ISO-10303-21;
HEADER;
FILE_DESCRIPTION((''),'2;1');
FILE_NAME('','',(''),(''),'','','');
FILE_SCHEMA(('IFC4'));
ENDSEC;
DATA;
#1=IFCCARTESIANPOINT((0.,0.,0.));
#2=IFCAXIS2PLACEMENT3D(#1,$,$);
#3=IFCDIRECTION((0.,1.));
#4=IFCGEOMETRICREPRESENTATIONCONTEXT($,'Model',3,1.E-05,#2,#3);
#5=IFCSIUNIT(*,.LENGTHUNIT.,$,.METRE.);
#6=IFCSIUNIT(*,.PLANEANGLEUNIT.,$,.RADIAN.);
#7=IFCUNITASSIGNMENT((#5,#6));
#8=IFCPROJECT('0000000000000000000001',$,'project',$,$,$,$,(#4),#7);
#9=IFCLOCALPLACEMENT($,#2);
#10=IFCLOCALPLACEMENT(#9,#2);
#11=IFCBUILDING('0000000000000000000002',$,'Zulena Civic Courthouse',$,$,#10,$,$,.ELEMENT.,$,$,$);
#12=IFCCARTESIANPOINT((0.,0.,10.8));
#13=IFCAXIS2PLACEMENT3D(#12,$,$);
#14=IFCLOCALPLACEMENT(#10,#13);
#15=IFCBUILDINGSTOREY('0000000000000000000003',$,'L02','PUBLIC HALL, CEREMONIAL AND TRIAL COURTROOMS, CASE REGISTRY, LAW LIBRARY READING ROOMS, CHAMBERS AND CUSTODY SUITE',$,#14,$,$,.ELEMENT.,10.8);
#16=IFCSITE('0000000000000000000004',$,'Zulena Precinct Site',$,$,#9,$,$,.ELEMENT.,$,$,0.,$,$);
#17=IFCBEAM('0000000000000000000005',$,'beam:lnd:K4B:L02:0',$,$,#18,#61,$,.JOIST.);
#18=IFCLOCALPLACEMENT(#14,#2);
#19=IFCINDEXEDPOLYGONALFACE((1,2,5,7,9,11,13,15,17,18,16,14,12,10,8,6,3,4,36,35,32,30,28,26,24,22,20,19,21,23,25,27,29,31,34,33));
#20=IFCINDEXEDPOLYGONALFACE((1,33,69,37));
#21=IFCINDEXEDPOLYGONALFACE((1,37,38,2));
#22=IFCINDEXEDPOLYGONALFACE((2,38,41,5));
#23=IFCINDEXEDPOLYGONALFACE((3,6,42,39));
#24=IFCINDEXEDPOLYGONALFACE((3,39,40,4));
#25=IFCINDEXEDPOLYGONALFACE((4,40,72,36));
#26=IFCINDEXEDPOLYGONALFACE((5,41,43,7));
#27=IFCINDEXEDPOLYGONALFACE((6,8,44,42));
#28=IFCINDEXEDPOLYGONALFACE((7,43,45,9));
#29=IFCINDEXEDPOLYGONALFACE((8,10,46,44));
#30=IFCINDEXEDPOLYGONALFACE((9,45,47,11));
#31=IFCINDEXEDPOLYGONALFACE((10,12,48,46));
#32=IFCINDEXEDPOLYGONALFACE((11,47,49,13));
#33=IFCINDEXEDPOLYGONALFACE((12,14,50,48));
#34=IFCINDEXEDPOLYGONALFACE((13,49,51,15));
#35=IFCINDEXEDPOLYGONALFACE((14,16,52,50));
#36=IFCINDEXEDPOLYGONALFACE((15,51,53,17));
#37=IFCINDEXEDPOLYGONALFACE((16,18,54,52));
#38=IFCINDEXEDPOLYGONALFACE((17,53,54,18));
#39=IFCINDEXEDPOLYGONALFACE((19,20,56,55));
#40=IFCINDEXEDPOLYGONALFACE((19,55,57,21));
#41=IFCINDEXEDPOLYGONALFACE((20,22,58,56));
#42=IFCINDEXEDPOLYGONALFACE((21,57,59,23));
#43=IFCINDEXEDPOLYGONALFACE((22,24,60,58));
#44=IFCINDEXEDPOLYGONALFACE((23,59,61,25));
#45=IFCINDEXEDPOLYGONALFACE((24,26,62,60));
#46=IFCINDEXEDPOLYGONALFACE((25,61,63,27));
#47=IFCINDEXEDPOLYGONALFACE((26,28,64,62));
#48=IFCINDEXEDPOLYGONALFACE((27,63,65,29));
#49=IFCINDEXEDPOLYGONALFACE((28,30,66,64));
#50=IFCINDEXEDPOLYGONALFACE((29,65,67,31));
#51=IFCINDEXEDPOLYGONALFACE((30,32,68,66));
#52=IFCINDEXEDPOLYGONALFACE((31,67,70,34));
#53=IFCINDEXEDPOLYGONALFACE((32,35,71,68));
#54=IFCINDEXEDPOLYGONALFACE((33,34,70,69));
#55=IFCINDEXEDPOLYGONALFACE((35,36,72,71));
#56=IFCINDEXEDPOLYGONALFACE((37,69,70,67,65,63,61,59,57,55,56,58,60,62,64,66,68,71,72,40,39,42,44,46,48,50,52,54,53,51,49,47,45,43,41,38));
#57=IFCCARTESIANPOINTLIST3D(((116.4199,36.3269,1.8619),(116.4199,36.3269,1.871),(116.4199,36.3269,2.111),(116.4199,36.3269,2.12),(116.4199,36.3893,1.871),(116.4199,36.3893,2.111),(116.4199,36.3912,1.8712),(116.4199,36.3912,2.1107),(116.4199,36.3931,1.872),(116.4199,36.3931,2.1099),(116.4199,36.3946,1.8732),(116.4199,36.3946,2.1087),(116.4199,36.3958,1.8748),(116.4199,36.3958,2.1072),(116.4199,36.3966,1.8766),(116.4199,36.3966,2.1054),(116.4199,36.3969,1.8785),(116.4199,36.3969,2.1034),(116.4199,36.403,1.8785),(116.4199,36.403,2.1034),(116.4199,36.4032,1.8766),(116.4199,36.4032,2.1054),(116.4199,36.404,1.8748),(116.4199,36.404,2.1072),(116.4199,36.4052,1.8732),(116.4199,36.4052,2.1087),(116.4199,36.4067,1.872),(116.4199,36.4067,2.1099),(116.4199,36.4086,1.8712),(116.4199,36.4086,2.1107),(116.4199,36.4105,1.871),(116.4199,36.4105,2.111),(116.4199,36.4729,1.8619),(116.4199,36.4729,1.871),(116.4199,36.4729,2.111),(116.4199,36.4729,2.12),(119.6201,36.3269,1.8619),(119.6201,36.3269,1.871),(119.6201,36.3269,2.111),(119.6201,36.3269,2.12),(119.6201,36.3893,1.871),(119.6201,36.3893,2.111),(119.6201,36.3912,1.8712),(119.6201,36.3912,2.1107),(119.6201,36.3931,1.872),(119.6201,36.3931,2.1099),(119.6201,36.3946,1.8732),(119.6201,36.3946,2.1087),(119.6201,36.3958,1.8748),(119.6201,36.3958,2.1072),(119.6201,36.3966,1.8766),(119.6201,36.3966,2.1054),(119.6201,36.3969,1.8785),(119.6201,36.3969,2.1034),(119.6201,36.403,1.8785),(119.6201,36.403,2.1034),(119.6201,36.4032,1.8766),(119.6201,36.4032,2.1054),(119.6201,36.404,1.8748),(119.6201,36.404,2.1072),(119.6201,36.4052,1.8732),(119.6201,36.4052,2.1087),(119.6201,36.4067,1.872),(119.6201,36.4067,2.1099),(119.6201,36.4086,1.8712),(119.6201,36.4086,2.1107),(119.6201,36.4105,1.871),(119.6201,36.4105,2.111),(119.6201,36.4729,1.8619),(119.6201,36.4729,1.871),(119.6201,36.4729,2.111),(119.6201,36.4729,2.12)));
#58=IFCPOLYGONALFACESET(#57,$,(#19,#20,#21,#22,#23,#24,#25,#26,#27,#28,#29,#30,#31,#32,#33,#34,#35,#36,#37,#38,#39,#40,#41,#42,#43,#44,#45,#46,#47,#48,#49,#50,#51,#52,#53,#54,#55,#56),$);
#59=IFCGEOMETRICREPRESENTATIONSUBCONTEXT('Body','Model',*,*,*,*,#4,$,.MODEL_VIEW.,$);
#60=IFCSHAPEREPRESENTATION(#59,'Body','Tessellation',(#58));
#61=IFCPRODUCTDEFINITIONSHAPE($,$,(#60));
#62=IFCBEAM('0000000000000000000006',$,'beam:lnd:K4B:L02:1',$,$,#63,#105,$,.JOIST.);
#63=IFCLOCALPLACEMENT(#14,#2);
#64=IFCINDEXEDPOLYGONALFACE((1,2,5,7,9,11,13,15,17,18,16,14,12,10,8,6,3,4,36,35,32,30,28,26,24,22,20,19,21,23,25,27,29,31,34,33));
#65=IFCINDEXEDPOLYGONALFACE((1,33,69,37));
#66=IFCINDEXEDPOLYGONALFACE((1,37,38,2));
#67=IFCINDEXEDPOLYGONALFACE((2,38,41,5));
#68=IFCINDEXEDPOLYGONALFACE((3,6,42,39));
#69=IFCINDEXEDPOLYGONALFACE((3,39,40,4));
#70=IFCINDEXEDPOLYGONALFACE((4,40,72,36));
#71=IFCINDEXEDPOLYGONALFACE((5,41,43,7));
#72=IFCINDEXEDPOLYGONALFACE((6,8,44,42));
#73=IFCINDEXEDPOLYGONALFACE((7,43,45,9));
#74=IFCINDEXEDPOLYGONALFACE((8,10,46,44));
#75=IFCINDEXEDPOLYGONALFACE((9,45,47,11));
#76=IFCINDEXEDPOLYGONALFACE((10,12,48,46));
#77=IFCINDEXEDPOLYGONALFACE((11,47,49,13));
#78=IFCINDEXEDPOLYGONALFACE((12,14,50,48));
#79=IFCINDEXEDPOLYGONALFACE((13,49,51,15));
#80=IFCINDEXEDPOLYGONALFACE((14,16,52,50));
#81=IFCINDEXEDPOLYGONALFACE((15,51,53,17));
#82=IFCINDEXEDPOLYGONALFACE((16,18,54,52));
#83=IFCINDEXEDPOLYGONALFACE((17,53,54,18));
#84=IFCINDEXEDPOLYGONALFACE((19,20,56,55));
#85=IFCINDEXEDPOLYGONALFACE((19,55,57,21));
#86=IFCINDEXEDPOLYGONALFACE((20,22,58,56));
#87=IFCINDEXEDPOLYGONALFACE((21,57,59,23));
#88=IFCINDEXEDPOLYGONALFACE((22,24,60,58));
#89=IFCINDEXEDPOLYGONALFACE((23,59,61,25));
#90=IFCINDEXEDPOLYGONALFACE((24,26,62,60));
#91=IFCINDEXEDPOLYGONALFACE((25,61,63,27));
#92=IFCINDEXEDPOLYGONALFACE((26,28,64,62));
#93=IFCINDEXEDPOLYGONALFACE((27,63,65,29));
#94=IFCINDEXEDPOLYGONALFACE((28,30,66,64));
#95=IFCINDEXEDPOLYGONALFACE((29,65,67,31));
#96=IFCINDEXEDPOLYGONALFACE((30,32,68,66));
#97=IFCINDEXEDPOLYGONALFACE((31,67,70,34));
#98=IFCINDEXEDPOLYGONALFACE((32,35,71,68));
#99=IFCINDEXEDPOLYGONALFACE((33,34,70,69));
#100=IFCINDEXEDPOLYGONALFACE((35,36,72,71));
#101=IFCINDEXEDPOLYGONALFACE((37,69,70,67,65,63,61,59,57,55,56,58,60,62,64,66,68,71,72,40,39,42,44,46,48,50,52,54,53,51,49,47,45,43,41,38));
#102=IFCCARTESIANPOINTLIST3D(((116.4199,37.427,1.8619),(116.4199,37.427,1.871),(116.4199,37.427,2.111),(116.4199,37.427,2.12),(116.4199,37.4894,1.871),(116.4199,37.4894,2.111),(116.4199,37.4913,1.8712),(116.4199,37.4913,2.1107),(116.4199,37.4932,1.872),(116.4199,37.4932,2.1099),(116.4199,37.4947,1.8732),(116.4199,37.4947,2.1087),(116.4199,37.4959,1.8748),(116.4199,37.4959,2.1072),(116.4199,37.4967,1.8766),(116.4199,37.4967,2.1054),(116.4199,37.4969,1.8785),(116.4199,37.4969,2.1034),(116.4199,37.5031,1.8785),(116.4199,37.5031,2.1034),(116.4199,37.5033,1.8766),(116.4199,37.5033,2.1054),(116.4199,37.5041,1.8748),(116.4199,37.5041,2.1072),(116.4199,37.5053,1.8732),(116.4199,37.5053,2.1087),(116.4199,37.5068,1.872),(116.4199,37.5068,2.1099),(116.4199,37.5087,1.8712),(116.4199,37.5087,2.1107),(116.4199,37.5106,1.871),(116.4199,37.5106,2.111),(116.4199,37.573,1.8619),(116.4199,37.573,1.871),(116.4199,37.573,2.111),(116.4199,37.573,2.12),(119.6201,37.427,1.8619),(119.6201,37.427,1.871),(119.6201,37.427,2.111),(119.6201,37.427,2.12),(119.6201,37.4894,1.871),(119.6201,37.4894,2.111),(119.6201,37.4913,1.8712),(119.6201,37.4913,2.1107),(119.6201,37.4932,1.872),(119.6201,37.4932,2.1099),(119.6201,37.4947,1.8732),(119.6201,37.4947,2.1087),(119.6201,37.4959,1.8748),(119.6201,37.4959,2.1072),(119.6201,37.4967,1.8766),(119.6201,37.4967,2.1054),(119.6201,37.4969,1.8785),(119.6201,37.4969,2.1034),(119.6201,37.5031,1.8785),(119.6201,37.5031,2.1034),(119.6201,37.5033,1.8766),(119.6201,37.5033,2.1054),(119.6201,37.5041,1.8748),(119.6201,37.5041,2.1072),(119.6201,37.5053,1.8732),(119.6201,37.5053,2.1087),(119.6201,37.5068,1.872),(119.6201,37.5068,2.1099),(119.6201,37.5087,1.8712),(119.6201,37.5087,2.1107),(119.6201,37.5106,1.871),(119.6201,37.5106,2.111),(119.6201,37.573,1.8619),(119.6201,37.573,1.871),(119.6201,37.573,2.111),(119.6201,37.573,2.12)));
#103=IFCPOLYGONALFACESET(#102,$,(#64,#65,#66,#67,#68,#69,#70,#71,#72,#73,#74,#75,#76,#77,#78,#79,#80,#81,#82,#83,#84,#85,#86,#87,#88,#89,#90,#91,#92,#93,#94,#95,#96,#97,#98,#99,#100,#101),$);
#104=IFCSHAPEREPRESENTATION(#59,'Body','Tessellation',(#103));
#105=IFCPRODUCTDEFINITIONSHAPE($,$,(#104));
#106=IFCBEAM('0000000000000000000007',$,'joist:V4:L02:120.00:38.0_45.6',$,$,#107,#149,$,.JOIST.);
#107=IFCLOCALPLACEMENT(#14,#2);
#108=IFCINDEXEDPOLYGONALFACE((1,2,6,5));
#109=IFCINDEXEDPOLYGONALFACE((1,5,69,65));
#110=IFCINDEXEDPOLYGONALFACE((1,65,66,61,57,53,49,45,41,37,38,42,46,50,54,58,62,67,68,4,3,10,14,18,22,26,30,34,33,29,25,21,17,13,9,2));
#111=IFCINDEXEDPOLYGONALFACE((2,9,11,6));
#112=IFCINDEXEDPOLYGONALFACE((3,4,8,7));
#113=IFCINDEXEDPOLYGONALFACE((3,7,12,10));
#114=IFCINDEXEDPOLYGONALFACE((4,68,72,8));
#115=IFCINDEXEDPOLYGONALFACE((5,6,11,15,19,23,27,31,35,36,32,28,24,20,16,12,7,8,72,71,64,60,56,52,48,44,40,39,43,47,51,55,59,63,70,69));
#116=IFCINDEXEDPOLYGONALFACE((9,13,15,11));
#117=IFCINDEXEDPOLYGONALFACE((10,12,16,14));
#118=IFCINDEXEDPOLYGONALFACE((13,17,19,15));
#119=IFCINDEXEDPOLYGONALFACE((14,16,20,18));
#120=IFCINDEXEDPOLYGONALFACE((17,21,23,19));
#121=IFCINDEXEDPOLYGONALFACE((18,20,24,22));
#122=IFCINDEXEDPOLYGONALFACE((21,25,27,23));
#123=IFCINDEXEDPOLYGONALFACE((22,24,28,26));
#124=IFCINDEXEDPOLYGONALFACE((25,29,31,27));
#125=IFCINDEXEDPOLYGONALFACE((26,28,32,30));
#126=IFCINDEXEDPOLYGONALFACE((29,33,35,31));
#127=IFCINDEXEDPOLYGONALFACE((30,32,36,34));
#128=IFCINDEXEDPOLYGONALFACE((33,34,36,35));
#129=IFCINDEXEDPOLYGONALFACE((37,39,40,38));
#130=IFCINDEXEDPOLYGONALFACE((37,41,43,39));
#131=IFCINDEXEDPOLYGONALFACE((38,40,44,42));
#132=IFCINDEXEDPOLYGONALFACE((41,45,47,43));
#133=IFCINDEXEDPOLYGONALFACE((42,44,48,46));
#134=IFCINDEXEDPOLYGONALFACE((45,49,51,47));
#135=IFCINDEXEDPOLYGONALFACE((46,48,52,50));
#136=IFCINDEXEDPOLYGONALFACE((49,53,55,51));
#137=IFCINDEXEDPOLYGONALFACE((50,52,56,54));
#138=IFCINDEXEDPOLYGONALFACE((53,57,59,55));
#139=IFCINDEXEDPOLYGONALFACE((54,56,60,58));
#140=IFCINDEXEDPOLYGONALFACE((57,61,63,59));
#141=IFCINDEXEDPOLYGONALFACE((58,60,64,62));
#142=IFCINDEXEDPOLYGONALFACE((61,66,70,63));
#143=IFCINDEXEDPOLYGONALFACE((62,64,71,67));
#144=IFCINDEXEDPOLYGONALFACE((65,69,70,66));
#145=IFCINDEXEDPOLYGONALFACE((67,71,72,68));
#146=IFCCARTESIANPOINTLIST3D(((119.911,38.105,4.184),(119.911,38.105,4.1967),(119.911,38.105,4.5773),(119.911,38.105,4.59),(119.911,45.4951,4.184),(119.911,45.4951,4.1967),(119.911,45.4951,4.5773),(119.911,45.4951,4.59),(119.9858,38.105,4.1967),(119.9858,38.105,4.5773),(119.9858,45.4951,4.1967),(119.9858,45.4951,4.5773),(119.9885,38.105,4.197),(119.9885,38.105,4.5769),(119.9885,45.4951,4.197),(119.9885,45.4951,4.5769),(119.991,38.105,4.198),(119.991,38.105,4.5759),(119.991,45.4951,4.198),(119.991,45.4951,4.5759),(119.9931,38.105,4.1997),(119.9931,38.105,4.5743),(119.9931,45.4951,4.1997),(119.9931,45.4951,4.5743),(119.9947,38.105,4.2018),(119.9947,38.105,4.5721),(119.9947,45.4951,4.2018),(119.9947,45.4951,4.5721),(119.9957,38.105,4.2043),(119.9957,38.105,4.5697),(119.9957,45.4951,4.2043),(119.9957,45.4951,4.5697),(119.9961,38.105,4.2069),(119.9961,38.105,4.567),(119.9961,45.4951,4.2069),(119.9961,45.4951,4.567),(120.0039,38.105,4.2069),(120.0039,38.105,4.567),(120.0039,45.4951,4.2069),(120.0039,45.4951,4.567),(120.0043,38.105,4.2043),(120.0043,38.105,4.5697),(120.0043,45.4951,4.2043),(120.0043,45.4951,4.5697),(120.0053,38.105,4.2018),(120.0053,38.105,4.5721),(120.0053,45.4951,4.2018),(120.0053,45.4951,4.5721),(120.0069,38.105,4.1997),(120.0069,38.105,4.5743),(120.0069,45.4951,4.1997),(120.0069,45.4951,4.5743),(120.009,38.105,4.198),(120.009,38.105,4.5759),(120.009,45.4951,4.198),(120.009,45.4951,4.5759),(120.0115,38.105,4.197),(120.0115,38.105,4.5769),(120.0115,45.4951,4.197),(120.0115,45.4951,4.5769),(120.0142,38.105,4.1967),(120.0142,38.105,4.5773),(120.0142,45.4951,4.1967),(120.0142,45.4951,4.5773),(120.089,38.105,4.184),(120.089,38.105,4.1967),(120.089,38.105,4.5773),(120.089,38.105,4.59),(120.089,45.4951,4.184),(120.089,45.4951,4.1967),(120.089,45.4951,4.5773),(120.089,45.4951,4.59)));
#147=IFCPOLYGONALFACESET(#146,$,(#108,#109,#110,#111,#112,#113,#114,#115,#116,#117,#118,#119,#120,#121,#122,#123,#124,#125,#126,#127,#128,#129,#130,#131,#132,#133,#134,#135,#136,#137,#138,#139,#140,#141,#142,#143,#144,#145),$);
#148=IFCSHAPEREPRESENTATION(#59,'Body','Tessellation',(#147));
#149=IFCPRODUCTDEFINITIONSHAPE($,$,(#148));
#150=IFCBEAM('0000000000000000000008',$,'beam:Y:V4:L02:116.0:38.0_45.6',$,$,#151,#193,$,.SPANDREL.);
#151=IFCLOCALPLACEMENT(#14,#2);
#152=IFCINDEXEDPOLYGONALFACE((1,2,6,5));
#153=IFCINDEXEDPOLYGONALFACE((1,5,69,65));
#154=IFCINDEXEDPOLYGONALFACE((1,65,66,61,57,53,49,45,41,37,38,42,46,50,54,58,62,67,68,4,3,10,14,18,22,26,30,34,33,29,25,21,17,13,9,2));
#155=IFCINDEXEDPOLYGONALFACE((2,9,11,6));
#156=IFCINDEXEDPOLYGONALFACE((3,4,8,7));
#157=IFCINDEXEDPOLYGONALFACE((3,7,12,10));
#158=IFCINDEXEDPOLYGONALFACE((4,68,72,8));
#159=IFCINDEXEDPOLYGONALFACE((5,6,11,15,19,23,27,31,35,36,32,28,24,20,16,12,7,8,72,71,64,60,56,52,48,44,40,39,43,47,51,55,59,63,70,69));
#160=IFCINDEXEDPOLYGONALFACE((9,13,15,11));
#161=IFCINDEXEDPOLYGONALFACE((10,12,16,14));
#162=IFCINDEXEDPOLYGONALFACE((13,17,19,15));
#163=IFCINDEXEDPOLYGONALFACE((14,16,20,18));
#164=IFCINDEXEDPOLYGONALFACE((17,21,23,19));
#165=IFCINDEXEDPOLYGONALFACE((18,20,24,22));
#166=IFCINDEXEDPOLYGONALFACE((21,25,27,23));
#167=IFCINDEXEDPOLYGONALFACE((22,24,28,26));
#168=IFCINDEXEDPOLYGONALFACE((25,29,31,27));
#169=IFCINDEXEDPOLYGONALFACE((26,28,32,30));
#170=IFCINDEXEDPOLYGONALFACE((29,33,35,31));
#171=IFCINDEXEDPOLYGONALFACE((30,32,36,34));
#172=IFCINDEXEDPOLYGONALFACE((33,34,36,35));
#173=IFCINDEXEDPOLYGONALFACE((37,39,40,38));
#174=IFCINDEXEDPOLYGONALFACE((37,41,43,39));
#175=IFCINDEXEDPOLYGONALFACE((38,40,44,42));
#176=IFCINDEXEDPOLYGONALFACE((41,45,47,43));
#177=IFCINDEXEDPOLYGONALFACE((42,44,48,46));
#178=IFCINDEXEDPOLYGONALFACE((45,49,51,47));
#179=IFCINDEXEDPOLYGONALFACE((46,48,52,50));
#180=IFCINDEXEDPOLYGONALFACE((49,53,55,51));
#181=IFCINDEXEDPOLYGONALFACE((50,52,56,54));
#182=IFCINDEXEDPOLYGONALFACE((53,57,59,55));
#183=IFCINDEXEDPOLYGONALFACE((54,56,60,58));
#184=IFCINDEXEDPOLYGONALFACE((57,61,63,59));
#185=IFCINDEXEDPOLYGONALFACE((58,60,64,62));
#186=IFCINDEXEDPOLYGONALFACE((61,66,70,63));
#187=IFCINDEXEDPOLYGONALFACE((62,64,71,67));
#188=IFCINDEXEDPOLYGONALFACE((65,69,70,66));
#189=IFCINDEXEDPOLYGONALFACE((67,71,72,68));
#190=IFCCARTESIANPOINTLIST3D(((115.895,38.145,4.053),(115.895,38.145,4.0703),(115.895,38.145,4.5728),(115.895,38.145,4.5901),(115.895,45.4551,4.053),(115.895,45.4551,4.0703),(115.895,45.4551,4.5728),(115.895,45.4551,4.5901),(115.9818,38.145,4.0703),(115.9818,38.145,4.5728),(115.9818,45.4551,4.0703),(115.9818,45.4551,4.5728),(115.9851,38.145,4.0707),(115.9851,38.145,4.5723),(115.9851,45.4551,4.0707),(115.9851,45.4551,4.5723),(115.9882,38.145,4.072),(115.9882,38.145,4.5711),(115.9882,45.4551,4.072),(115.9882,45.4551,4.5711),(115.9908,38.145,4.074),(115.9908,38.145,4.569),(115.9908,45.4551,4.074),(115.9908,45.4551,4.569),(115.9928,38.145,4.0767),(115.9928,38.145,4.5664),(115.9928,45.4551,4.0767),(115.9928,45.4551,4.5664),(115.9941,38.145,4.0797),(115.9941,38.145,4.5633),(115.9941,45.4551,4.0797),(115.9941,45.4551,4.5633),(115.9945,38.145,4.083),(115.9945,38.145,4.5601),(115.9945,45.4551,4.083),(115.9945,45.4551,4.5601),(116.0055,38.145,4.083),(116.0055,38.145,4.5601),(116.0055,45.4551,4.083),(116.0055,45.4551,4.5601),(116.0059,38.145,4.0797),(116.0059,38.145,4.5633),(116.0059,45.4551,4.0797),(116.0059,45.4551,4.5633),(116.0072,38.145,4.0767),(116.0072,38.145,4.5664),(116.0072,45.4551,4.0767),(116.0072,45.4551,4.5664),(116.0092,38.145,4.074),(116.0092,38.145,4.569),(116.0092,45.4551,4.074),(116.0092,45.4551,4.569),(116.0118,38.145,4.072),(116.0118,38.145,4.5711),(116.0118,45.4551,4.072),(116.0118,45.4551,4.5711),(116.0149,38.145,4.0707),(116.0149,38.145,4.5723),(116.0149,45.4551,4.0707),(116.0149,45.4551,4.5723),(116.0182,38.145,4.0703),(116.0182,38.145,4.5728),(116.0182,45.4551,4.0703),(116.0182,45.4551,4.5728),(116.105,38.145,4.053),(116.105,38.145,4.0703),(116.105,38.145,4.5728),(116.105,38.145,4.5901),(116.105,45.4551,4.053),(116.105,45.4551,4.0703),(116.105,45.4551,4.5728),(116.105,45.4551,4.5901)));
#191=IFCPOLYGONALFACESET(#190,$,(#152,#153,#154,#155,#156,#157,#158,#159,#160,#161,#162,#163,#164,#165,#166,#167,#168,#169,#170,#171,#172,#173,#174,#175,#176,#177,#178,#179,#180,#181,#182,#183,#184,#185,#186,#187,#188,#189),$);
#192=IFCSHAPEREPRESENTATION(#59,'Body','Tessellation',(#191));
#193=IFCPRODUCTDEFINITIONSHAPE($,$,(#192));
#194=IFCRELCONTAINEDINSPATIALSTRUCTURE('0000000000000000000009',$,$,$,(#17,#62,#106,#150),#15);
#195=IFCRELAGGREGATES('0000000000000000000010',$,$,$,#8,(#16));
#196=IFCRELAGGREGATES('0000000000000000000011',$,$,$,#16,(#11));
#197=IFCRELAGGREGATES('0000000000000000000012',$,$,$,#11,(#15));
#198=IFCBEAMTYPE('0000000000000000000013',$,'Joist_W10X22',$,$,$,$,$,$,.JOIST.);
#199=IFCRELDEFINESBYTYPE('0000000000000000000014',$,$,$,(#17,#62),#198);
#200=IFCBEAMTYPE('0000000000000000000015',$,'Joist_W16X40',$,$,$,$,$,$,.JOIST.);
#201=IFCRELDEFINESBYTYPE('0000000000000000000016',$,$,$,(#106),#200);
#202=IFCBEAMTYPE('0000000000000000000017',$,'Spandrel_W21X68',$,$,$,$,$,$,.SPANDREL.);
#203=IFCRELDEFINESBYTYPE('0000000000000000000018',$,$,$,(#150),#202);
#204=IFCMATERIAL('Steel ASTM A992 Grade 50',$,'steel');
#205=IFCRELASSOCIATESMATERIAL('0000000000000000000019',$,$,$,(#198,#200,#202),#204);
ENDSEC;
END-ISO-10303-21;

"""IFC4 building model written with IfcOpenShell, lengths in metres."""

from ifc_helpers import new_model, si_unit, direction, frame, origin, origin_2d, place, context, subcontext, project, spatial, i_section, extrude, material, material_profile, profile_set, type_object, element, save


model = new_model("IFC4")

# Units and contexts
model_context = context("Model", 3, precision=1e-05, world=origin(), true_north=direction((0.0, 1.0)))
body_context = subcontext(model_context, "Body", "Model", "MODEL_VIEW")
ifc_project = project(units=[si_unit("LENGTHUNIT", "METRE"), si_unit("PLANEANGLEUNIT", "RADIAN")], contexts=[model_context])

# Site, building, storey
site_placement = place(None, origin())
site = spatial("IfcSite", under=ifc_project, at=site_placement, Name="Zulena Precinct Site", CompositionType="ELEMENT", RefElevation=0.0)
building_placement = place(site_placement, origin())
building = spatial("IfcBuilding", under=site, at=building_placement, Name="Zulena Civic Courthouse", CompositionType="ELEMENT")
storey_placement = place(building_placement, frame((0.0, 0.0, 10.8)))
storey = spatial("IfcBuildingStorey", under=building, at=storey_placement, Name="L02", Description="PUBLIC HALL, CEREMONIAL AND TRIAL COURTROOMS, CASE REGISTRY, LAW LIBRARY READING ROOMS, CHAMBERS AND CUSTODY SUITE", CompositionType="ELEMENT", Elevation=10.8)

# Shared definitions
ifc_material_1 = material(Name="Steel ASTM A992 Grade 50", Category="steel")

# Beams
ifc_material_profile_1 = material_profile(ifc_material_1, i_section(OverallWidth=0.146, OverallDepth=0.2581, WebThickness=0.0061, FlangeThickness=0.009, FilletRadius=0.0076, at=origin_2d()), Name="W10X22")
ifc_profile_set_1 = profile_set([ifc_material_profile_1], Name="Steel ASTM A992 Grade 50")
beam_type_1 = type_object("IfcBeamType", Name="Joist_W10X22", PredefinedType="JOIST", material=ifc_profile_set_1)
for number, where, z_axis, x_axis, name in (
    (1, (116.4199, 36.3999, 1.991), (1.0, 0.0, 0.0), (0.0, 1.0, 0.0), "beam:lnd:K4B:L02:0"),
    (2, (116.4199, 37.5, 1.991), (1.0, 0.0, 0.0), (0.0, 1.0, 0.0), "beam:lnd:K4B:L02:1"),
):
    element("IfcBeam", number, at=place(storey_placement, frame(where, z_axis=z_axis, x_axis=x_axis)), inside=storey, type_object=beam_type_1, Name=name, PredefinedType="JOIST", context=body_context, shape_type="SweptSolid", body=[
        extrude(i_section(OverallWidth=0.146, OverallDepth=0.2581, WebThickness=0.0061, FlangeThickness=0.009, FilletRadius=0.0076, at=origin_2d()), origin(), (0.0, 0.0, 1.0), 3.2002),
    ])
ifc_material_profile_2 = material_profile(ifc_material_1, i_section(OverallWidth=0.178, OverallDepth=0.406, WebThickness=0.0078, FlangeThickness=0.0127, FilletRadius=0.0103, at=origin_2d()), Name="W16X40")
ifc_profile_set_2 = profile_set([ifc_material_profile_2], Name="Steel ASTM A992 Grade 50")
beam_type_2 = type_object("IfcBeamType", Name="Joist_W16X40", PredefinedType="JOIST", material=ifc_profile_set_2)
beam_1_placement = place(storey_placement, frame((120.0, 38.105, 4.387), z_axis=(0.0, 1.0, 0.0), x_axis=(-1.0, 0.0, 0.0)))
element("IfcBeam", 3, at=beam_1_placement, inside=storey, type_object=beam_type_2, Name="joist:V4:L02:120.00:38.0_45.6", PredefinedType="JOIST", context=body_context, shape_type="SweptSolid", body=[
    extrude(i_section(OverallWidth=0.178, OverallDepth=0.406, WebThickness=0.0078, FlangeThickness=0.0127, FilletRadius=0.0103, at=origin_2d()), origin(), (0.0, 0.0, 1.0), 7.3901),
])
ifc_material_profile_3 = material_profile(ifc_material_1, i_section(OverallWidth=0.21, OverallDepth=0.5371, WebThickness=0.011, FlangeThickness=0.0173, FilletRadius=0.0127, at=origin_2d()), Name="W21X68")
ifc_profile_set_3 = profile_set([ifc_material_profile_3], Name="Steel ASTM A992 Grade 50")
beam_type_3 = type_object("IfcBeamType", Name="Spandrel_W21X68", PredefinedType="SPANDREL", material=ifc_profile_set_3)
beam_2_placement = place(storey_placement, frame((116.0, 38.145, 4.3215), z_axis=(0.0, 1.0, 0.0), x_axis=(-1.0, 0.0, 0.0)))
element("IfcBeam", 4, at=beam_2_placement, inside=storey, type_object=beam_type_3, Name="beam:Y:V4:L02:116.0:38.0_45.6", PredefinedType="SPANDREL", context=body_context, shape_type="SweptSolid", body=[
    extrude(i_section(OverallWidth=0.21, OverallDepth=0.5371, WebThickness=0.011, FlangeThickness=0.0173, FilletRadius=0.0127, at=origin_2d()), origin(), (0.0, 0.0, 1.0), 7.3101),
])

save(model, "model.ifc")
